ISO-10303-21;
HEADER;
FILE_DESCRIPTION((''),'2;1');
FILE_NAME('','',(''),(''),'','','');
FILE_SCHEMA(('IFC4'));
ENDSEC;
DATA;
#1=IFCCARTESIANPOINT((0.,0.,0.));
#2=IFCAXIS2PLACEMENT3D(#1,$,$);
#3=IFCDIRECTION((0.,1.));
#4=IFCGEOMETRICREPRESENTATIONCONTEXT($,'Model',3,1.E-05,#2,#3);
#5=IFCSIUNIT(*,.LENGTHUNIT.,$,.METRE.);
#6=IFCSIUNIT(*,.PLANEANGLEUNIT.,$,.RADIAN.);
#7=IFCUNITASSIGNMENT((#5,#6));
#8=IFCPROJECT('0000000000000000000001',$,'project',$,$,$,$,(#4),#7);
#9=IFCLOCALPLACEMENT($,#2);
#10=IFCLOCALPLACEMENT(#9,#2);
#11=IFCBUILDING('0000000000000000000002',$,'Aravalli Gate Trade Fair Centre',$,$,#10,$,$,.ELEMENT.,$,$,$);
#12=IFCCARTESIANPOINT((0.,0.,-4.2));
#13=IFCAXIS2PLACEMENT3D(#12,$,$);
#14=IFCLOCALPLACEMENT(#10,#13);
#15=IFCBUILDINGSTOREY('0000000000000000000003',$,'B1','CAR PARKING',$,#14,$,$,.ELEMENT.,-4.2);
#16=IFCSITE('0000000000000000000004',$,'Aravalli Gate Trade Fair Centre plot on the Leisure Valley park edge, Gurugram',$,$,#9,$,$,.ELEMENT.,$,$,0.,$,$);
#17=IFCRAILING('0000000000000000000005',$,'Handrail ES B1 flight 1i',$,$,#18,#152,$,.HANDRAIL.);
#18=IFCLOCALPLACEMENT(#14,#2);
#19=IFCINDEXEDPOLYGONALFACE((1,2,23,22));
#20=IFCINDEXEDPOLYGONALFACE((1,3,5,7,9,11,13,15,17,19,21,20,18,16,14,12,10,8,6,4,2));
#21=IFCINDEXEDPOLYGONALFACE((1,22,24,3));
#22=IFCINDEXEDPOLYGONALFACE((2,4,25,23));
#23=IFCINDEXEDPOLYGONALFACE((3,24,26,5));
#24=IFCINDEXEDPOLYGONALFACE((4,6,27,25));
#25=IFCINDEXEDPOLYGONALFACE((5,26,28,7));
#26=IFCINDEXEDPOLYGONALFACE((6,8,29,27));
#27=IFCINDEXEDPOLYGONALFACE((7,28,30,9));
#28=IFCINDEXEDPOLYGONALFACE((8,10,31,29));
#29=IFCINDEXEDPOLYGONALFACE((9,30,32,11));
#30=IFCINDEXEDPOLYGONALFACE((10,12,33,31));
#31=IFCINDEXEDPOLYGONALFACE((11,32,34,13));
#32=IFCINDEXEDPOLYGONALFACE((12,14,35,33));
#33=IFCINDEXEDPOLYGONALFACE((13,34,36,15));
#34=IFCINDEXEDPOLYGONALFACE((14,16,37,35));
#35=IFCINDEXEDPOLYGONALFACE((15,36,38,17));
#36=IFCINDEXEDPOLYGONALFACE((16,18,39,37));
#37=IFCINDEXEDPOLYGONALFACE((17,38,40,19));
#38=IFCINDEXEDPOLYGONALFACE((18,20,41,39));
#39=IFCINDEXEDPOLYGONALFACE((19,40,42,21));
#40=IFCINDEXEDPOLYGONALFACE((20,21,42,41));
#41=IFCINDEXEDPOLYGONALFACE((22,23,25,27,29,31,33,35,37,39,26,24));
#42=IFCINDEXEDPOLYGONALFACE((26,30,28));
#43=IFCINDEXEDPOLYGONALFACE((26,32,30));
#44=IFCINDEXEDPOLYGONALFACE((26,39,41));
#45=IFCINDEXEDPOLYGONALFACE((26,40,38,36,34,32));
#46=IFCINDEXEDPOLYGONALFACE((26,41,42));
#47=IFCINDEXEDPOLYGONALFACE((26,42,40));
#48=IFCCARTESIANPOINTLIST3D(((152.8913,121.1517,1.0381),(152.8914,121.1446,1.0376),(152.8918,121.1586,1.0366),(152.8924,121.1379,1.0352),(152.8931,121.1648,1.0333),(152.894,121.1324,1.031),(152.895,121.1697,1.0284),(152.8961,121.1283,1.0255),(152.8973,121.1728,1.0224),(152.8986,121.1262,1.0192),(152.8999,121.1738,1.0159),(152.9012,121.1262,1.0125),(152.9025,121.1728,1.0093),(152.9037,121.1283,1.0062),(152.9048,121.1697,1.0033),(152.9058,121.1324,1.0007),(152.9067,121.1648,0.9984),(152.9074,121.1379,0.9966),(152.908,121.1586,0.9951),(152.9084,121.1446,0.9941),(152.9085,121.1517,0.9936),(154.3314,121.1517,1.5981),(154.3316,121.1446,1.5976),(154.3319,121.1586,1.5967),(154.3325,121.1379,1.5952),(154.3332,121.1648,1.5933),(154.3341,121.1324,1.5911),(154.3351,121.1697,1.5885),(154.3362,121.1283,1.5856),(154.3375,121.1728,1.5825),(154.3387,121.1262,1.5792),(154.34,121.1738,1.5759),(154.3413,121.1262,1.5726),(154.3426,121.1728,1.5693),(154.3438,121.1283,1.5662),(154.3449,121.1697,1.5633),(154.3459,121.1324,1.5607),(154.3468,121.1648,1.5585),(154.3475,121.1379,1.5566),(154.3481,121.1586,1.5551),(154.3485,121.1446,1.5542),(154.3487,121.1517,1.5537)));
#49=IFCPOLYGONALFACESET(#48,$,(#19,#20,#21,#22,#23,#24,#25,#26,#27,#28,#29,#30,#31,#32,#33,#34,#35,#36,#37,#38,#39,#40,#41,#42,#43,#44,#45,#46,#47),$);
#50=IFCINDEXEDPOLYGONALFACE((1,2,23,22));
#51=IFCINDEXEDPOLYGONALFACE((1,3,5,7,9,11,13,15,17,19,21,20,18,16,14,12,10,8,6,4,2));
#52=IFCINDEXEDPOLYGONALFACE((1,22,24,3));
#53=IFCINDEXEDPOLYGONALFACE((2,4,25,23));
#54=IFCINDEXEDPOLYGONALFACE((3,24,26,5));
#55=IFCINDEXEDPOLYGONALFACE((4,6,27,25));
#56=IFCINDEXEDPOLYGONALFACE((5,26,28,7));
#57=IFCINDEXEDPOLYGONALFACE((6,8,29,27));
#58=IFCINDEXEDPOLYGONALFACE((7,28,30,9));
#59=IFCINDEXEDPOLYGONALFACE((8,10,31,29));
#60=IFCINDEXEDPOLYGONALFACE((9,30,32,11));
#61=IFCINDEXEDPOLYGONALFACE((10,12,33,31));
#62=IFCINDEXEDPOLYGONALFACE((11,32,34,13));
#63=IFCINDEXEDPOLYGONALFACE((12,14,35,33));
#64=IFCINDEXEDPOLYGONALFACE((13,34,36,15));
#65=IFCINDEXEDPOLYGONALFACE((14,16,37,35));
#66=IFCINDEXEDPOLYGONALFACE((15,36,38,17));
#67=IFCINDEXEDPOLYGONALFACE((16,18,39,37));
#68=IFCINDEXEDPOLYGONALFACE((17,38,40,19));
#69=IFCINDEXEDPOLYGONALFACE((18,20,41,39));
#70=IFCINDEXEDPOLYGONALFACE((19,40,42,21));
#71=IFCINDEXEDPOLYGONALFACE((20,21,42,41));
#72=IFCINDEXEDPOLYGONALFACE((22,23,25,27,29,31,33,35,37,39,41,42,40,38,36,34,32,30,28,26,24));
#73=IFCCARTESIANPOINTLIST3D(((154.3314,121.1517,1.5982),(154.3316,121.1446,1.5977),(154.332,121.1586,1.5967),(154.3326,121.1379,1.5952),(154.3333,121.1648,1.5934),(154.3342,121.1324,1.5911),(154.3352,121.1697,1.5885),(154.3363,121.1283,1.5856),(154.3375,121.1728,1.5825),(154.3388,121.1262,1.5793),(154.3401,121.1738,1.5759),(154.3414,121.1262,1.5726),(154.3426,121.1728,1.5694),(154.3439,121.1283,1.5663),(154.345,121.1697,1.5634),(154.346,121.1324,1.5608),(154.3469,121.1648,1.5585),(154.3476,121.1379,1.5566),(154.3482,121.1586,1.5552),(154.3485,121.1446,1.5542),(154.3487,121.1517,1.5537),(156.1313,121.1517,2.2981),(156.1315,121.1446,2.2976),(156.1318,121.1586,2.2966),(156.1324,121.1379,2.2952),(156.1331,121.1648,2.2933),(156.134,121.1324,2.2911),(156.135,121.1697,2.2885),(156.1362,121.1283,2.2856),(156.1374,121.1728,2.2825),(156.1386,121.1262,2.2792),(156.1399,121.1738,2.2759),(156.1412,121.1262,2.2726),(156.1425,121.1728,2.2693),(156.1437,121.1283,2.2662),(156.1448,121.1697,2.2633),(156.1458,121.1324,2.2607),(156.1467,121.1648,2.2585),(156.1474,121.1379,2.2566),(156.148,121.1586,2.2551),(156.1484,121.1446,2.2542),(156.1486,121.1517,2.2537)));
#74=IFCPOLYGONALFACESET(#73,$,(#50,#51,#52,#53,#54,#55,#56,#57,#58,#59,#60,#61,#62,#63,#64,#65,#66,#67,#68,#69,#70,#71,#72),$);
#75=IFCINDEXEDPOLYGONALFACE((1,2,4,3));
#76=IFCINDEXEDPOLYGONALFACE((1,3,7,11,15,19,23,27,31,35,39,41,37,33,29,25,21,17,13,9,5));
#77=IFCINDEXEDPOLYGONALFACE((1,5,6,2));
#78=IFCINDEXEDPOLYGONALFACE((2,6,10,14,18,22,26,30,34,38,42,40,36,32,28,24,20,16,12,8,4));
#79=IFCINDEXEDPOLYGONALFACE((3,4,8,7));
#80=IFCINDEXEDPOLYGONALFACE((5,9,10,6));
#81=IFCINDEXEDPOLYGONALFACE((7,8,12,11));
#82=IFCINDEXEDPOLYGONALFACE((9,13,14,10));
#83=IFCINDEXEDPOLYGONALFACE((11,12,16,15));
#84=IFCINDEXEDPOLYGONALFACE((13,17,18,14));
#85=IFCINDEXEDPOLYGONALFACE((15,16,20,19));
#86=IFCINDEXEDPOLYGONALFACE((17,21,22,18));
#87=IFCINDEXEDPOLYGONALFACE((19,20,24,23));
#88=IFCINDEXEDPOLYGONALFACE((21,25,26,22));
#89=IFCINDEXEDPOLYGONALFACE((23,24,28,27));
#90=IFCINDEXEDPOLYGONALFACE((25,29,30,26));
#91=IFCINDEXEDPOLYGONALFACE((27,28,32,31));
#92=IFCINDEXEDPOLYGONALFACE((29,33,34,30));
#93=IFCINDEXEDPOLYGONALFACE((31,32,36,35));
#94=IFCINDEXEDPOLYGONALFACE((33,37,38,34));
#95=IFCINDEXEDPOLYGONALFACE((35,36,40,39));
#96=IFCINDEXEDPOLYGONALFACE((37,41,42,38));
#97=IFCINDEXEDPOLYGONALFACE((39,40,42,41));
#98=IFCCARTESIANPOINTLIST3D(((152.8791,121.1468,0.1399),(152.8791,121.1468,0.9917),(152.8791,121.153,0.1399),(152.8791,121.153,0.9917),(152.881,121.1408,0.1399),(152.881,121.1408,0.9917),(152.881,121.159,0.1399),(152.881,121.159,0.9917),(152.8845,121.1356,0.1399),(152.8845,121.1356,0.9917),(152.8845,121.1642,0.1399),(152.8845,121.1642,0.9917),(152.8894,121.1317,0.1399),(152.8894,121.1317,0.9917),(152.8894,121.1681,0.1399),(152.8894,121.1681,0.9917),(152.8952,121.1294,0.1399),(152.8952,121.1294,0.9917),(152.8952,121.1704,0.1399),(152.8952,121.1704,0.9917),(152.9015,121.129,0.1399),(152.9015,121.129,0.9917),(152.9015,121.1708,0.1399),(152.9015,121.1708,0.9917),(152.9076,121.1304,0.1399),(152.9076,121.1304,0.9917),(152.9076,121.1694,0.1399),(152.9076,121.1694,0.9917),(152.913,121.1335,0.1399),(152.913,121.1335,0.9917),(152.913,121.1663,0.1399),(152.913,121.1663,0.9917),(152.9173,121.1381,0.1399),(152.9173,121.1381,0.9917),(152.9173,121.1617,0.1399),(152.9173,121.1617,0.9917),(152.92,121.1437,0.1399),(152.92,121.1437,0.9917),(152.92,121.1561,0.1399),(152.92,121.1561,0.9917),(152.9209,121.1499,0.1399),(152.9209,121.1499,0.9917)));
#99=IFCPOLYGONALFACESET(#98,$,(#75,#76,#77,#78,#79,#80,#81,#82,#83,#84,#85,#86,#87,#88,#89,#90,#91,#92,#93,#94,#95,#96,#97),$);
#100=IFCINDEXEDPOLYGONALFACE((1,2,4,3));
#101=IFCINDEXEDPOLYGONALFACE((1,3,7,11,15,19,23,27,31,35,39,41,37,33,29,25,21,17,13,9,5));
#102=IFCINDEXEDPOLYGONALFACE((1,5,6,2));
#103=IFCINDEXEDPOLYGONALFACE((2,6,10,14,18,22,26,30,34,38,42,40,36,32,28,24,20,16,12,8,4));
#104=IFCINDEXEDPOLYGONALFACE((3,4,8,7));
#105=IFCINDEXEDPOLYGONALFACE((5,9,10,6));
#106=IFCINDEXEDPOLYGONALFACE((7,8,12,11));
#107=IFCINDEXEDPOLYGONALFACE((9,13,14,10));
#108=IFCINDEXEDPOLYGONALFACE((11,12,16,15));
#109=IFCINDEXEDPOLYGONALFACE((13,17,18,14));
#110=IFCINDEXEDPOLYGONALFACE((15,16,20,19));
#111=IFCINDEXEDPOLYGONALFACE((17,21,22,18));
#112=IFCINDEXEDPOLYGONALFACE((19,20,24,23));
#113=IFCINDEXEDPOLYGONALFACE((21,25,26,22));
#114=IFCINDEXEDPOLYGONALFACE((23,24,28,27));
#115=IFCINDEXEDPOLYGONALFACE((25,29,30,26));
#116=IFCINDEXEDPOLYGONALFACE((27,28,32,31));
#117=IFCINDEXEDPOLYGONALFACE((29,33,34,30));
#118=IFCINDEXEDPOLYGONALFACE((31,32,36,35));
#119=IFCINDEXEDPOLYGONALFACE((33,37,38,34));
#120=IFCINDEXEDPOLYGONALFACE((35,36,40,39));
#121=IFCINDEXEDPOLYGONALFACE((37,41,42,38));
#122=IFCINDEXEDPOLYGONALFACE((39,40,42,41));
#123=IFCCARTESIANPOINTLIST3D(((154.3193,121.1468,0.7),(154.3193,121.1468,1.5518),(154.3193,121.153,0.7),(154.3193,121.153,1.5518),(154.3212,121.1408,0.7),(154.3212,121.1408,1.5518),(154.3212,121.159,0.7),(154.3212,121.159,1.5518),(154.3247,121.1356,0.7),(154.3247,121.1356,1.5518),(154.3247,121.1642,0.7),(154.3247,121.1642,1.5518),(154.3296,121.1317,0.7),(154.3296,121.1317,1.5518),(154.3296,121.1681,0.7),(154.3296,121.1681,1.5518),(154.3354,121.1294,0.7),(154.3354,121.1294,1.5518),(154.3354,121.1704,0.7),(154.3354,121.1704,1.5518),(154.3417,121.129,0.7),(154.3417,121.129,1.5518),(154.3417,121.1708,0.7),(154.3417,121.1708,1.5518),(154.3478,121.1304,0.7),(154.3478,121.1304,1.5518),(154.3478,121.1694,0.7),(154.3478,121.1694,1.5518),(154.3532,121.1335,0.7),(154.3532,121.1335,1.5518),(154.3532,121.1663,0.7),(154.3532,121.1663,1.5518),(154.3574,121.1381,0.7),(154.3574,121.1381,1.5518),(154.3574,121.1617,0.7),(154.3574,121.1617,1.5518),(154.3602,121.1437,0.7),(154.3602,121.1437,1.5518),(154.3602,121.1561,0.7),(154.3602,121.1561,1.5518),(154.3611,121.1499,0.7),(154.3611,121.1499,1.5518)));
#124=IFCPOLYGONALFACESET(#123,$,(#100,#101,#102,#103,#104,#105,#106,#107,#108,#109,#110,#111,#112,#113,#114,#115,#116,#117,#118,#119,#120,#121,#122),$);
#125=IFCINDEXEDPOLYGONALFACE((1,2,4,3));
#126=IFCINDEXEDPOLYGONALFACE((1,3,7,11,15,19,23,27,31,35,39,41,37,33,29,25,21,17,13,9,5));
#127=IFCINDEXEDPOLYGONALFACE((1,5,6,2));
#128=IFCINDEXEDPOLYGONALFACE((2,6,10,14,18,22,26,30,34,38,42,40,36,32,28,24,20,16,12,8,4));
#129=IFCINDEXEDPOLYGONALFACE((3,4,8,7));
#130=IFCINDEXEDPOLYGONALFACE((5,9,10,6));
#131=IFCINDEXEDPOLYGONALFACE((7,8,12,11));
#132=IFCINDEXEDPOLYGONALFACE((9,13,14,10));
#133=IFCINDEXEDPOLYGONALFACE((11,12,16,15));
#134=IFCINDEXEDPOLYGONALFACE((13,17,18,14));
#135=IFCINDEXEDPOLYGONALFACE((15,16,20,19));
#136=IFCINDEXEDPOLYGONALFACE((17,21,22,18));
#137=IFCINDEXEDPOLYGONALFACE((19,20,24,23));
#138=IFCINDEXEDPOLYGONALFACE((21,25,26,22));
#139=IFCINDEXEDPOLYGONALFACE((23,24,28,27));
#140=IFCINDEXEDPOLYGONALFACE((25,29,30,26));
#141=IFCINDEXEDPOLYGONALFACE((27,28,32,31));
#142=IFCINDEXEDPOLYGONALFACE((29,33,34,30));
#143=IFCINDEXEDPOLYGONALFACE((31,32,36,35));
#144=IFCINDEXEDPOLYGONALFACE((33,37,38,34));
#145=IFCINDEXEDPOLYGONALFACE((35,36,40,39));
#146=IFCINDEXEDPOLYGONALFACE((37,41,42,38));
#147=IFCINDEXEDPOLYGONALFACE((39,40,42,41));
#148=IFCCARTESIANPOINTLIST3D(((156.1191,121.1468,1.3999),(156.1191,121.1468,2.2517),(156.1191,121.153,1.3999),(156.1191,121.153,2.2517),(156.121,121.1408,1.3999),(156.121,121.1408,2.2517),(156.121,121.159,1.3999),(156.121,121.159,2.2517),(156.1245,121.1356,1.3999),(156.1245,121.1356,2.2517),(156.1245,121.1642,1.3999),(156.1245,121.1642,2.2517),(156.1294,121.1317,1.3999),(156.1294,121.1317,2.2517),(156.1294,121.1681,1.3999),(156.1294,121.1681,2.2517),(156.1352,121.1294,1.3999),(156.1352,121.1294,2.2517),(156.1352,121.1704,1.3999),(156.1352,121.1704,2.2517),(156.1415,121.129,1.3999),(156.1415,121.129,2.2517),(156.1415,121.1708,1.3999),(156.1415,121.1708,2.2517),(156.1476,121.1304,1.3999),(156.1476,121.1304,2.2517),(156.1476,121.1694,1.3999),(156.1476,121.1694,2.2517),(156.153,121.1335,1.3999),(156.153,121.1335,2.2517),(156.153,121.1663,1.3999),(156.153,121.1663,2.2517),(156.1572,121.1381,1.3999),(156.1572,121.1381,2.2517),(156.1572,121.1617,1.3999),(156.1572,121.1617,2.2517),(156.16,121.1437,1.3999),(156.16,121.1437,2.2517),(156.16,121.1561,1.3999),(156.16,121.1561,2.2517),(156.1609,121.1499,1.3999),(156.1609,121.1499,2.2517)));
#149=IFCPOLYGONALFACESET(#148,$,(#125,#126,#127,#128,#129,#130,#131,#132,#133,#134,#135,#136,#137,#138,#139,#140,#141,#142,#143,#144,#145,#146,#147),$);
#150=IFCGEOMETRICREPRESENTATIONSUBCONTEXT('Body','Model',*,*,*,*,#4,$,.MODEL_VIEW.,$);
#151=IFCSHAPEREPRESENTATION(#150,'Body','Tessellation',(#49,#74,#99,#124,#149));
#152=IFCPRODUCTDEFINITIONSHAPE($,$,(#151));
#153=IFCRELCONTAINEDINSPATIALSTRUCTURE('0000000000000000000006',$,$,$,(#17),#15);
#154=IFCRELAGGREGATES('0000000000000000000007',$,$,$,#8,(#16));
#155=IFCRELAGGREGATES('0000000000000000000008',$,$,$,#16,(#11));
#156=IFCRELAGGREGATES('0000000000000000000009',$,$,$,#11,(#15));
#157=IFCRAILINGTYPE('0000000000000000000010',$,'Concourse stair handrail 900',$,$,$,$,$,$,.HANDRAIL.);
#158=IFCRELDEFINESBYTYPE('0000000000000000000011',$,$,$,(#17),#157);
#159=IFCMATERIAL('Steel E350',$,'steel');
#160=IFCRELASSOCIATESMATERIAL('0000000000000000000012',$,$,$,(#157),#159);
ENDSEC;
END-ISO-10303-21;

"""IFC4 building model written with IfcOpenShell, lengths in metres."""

from ifc_helpers import new_model, si_unit, direction, frame, origin, origin_2d, place, context, subcontext, project, spatial, circle, extrude, material, type_object, element, save


model = new_model("IFC4")

# Units and contexts
model_context = context("Model", 3, precision=1e-05, world=origin(), true_north=direction((0.0, 1.0)))
body_context = subcontext(model_context, "Body", "Model", "MODEL_VIEW")
ifc_project = project(units=[si_unit("LENGTHUNIT", "METRE"), si_unit("PLANEANGLEUNIT", "RADIAN")], contexts=[model_context])

# Site, building, storey
site_placement = place(None, origin())
site = spatial("IfcSite", under=ifc_project, at=site_placement, Name="Aravalli Gate Trade Fair Centre plot on the Leisure Valley park edge, Gurugram", CompositionType="ELEMENT", RefElevation=0.0)
building_placement = place(site_placement, origin())
building = spatial("IfcBuilding", under=site, at=building_placement, Name="Aravalli Gate Trade Fair Centre", CompositionType="ELEMENT")
storey_placement = place(building_placement, frame((0.0, 0.0, -4.2)))
storey = spatial("IfcBuildingStorey", under=building, at=storey_placement, Name="B1", Description="CAR PARKING", CompositionType="ELEMENT", Elevation=-4.2)

# Shared definitions
ifc_material_1 = material(Name="Steel E350", Category="steel")

# Railing
railing_type = type_object("IfcRailingType", Name="Concourse stair handrail 900", PredefinedType="HANDRAIL", material=ifc_material_1)
for number, where, name in (
    (1, (152.8999, 121.1499, 0.1399), "Handrail ES B1 flight 1i"),
):
    element("IfcRailing", number, at=place(storey_placement, frame(where)), inside=storey, type_object=railing_type, Name=name, PredefinedType="HANDRAIL", context=body_context, shape_type="SweptSolid", body=[
        extrude(circle(Radius=0.0239, at=origin_2d()), frame((0.0, 0.0, 0.876), z_axis=(0.932008, 0.0, 0.362439), x_axis=(0.0, 1.0, 0.0)), (0.0, 0.0, 1.0), 1.5452),
        extrude(circle(Radius=0.0239, at=origin_2d()), frame((1.4402, 0.0, 1.436), z_axis=(0.932, 0.0, 0.362458), x_axis=(0.0, 1.0, 0.0)), (0.0, 0.0, 1.0), 1.9312),
        extrude(circle(Radius=0.021, at=origin_2d()), origin(), (0.0, 0.0, 1.0), 0.8518),
        extrude(circle(Radius=0.021, at=origin_2d()), frame((1.4402, 0.0, 0.5601)), (0.0, 0.0, 1.0), 0.8518),
        extrude(circle(Radius=0.021, at=origin_2d()), frame((3.24, 0.0, 1.26)), (0.0, 0.0, 1.0), 0.8518),
    ])

save(model, "model.ifc")
